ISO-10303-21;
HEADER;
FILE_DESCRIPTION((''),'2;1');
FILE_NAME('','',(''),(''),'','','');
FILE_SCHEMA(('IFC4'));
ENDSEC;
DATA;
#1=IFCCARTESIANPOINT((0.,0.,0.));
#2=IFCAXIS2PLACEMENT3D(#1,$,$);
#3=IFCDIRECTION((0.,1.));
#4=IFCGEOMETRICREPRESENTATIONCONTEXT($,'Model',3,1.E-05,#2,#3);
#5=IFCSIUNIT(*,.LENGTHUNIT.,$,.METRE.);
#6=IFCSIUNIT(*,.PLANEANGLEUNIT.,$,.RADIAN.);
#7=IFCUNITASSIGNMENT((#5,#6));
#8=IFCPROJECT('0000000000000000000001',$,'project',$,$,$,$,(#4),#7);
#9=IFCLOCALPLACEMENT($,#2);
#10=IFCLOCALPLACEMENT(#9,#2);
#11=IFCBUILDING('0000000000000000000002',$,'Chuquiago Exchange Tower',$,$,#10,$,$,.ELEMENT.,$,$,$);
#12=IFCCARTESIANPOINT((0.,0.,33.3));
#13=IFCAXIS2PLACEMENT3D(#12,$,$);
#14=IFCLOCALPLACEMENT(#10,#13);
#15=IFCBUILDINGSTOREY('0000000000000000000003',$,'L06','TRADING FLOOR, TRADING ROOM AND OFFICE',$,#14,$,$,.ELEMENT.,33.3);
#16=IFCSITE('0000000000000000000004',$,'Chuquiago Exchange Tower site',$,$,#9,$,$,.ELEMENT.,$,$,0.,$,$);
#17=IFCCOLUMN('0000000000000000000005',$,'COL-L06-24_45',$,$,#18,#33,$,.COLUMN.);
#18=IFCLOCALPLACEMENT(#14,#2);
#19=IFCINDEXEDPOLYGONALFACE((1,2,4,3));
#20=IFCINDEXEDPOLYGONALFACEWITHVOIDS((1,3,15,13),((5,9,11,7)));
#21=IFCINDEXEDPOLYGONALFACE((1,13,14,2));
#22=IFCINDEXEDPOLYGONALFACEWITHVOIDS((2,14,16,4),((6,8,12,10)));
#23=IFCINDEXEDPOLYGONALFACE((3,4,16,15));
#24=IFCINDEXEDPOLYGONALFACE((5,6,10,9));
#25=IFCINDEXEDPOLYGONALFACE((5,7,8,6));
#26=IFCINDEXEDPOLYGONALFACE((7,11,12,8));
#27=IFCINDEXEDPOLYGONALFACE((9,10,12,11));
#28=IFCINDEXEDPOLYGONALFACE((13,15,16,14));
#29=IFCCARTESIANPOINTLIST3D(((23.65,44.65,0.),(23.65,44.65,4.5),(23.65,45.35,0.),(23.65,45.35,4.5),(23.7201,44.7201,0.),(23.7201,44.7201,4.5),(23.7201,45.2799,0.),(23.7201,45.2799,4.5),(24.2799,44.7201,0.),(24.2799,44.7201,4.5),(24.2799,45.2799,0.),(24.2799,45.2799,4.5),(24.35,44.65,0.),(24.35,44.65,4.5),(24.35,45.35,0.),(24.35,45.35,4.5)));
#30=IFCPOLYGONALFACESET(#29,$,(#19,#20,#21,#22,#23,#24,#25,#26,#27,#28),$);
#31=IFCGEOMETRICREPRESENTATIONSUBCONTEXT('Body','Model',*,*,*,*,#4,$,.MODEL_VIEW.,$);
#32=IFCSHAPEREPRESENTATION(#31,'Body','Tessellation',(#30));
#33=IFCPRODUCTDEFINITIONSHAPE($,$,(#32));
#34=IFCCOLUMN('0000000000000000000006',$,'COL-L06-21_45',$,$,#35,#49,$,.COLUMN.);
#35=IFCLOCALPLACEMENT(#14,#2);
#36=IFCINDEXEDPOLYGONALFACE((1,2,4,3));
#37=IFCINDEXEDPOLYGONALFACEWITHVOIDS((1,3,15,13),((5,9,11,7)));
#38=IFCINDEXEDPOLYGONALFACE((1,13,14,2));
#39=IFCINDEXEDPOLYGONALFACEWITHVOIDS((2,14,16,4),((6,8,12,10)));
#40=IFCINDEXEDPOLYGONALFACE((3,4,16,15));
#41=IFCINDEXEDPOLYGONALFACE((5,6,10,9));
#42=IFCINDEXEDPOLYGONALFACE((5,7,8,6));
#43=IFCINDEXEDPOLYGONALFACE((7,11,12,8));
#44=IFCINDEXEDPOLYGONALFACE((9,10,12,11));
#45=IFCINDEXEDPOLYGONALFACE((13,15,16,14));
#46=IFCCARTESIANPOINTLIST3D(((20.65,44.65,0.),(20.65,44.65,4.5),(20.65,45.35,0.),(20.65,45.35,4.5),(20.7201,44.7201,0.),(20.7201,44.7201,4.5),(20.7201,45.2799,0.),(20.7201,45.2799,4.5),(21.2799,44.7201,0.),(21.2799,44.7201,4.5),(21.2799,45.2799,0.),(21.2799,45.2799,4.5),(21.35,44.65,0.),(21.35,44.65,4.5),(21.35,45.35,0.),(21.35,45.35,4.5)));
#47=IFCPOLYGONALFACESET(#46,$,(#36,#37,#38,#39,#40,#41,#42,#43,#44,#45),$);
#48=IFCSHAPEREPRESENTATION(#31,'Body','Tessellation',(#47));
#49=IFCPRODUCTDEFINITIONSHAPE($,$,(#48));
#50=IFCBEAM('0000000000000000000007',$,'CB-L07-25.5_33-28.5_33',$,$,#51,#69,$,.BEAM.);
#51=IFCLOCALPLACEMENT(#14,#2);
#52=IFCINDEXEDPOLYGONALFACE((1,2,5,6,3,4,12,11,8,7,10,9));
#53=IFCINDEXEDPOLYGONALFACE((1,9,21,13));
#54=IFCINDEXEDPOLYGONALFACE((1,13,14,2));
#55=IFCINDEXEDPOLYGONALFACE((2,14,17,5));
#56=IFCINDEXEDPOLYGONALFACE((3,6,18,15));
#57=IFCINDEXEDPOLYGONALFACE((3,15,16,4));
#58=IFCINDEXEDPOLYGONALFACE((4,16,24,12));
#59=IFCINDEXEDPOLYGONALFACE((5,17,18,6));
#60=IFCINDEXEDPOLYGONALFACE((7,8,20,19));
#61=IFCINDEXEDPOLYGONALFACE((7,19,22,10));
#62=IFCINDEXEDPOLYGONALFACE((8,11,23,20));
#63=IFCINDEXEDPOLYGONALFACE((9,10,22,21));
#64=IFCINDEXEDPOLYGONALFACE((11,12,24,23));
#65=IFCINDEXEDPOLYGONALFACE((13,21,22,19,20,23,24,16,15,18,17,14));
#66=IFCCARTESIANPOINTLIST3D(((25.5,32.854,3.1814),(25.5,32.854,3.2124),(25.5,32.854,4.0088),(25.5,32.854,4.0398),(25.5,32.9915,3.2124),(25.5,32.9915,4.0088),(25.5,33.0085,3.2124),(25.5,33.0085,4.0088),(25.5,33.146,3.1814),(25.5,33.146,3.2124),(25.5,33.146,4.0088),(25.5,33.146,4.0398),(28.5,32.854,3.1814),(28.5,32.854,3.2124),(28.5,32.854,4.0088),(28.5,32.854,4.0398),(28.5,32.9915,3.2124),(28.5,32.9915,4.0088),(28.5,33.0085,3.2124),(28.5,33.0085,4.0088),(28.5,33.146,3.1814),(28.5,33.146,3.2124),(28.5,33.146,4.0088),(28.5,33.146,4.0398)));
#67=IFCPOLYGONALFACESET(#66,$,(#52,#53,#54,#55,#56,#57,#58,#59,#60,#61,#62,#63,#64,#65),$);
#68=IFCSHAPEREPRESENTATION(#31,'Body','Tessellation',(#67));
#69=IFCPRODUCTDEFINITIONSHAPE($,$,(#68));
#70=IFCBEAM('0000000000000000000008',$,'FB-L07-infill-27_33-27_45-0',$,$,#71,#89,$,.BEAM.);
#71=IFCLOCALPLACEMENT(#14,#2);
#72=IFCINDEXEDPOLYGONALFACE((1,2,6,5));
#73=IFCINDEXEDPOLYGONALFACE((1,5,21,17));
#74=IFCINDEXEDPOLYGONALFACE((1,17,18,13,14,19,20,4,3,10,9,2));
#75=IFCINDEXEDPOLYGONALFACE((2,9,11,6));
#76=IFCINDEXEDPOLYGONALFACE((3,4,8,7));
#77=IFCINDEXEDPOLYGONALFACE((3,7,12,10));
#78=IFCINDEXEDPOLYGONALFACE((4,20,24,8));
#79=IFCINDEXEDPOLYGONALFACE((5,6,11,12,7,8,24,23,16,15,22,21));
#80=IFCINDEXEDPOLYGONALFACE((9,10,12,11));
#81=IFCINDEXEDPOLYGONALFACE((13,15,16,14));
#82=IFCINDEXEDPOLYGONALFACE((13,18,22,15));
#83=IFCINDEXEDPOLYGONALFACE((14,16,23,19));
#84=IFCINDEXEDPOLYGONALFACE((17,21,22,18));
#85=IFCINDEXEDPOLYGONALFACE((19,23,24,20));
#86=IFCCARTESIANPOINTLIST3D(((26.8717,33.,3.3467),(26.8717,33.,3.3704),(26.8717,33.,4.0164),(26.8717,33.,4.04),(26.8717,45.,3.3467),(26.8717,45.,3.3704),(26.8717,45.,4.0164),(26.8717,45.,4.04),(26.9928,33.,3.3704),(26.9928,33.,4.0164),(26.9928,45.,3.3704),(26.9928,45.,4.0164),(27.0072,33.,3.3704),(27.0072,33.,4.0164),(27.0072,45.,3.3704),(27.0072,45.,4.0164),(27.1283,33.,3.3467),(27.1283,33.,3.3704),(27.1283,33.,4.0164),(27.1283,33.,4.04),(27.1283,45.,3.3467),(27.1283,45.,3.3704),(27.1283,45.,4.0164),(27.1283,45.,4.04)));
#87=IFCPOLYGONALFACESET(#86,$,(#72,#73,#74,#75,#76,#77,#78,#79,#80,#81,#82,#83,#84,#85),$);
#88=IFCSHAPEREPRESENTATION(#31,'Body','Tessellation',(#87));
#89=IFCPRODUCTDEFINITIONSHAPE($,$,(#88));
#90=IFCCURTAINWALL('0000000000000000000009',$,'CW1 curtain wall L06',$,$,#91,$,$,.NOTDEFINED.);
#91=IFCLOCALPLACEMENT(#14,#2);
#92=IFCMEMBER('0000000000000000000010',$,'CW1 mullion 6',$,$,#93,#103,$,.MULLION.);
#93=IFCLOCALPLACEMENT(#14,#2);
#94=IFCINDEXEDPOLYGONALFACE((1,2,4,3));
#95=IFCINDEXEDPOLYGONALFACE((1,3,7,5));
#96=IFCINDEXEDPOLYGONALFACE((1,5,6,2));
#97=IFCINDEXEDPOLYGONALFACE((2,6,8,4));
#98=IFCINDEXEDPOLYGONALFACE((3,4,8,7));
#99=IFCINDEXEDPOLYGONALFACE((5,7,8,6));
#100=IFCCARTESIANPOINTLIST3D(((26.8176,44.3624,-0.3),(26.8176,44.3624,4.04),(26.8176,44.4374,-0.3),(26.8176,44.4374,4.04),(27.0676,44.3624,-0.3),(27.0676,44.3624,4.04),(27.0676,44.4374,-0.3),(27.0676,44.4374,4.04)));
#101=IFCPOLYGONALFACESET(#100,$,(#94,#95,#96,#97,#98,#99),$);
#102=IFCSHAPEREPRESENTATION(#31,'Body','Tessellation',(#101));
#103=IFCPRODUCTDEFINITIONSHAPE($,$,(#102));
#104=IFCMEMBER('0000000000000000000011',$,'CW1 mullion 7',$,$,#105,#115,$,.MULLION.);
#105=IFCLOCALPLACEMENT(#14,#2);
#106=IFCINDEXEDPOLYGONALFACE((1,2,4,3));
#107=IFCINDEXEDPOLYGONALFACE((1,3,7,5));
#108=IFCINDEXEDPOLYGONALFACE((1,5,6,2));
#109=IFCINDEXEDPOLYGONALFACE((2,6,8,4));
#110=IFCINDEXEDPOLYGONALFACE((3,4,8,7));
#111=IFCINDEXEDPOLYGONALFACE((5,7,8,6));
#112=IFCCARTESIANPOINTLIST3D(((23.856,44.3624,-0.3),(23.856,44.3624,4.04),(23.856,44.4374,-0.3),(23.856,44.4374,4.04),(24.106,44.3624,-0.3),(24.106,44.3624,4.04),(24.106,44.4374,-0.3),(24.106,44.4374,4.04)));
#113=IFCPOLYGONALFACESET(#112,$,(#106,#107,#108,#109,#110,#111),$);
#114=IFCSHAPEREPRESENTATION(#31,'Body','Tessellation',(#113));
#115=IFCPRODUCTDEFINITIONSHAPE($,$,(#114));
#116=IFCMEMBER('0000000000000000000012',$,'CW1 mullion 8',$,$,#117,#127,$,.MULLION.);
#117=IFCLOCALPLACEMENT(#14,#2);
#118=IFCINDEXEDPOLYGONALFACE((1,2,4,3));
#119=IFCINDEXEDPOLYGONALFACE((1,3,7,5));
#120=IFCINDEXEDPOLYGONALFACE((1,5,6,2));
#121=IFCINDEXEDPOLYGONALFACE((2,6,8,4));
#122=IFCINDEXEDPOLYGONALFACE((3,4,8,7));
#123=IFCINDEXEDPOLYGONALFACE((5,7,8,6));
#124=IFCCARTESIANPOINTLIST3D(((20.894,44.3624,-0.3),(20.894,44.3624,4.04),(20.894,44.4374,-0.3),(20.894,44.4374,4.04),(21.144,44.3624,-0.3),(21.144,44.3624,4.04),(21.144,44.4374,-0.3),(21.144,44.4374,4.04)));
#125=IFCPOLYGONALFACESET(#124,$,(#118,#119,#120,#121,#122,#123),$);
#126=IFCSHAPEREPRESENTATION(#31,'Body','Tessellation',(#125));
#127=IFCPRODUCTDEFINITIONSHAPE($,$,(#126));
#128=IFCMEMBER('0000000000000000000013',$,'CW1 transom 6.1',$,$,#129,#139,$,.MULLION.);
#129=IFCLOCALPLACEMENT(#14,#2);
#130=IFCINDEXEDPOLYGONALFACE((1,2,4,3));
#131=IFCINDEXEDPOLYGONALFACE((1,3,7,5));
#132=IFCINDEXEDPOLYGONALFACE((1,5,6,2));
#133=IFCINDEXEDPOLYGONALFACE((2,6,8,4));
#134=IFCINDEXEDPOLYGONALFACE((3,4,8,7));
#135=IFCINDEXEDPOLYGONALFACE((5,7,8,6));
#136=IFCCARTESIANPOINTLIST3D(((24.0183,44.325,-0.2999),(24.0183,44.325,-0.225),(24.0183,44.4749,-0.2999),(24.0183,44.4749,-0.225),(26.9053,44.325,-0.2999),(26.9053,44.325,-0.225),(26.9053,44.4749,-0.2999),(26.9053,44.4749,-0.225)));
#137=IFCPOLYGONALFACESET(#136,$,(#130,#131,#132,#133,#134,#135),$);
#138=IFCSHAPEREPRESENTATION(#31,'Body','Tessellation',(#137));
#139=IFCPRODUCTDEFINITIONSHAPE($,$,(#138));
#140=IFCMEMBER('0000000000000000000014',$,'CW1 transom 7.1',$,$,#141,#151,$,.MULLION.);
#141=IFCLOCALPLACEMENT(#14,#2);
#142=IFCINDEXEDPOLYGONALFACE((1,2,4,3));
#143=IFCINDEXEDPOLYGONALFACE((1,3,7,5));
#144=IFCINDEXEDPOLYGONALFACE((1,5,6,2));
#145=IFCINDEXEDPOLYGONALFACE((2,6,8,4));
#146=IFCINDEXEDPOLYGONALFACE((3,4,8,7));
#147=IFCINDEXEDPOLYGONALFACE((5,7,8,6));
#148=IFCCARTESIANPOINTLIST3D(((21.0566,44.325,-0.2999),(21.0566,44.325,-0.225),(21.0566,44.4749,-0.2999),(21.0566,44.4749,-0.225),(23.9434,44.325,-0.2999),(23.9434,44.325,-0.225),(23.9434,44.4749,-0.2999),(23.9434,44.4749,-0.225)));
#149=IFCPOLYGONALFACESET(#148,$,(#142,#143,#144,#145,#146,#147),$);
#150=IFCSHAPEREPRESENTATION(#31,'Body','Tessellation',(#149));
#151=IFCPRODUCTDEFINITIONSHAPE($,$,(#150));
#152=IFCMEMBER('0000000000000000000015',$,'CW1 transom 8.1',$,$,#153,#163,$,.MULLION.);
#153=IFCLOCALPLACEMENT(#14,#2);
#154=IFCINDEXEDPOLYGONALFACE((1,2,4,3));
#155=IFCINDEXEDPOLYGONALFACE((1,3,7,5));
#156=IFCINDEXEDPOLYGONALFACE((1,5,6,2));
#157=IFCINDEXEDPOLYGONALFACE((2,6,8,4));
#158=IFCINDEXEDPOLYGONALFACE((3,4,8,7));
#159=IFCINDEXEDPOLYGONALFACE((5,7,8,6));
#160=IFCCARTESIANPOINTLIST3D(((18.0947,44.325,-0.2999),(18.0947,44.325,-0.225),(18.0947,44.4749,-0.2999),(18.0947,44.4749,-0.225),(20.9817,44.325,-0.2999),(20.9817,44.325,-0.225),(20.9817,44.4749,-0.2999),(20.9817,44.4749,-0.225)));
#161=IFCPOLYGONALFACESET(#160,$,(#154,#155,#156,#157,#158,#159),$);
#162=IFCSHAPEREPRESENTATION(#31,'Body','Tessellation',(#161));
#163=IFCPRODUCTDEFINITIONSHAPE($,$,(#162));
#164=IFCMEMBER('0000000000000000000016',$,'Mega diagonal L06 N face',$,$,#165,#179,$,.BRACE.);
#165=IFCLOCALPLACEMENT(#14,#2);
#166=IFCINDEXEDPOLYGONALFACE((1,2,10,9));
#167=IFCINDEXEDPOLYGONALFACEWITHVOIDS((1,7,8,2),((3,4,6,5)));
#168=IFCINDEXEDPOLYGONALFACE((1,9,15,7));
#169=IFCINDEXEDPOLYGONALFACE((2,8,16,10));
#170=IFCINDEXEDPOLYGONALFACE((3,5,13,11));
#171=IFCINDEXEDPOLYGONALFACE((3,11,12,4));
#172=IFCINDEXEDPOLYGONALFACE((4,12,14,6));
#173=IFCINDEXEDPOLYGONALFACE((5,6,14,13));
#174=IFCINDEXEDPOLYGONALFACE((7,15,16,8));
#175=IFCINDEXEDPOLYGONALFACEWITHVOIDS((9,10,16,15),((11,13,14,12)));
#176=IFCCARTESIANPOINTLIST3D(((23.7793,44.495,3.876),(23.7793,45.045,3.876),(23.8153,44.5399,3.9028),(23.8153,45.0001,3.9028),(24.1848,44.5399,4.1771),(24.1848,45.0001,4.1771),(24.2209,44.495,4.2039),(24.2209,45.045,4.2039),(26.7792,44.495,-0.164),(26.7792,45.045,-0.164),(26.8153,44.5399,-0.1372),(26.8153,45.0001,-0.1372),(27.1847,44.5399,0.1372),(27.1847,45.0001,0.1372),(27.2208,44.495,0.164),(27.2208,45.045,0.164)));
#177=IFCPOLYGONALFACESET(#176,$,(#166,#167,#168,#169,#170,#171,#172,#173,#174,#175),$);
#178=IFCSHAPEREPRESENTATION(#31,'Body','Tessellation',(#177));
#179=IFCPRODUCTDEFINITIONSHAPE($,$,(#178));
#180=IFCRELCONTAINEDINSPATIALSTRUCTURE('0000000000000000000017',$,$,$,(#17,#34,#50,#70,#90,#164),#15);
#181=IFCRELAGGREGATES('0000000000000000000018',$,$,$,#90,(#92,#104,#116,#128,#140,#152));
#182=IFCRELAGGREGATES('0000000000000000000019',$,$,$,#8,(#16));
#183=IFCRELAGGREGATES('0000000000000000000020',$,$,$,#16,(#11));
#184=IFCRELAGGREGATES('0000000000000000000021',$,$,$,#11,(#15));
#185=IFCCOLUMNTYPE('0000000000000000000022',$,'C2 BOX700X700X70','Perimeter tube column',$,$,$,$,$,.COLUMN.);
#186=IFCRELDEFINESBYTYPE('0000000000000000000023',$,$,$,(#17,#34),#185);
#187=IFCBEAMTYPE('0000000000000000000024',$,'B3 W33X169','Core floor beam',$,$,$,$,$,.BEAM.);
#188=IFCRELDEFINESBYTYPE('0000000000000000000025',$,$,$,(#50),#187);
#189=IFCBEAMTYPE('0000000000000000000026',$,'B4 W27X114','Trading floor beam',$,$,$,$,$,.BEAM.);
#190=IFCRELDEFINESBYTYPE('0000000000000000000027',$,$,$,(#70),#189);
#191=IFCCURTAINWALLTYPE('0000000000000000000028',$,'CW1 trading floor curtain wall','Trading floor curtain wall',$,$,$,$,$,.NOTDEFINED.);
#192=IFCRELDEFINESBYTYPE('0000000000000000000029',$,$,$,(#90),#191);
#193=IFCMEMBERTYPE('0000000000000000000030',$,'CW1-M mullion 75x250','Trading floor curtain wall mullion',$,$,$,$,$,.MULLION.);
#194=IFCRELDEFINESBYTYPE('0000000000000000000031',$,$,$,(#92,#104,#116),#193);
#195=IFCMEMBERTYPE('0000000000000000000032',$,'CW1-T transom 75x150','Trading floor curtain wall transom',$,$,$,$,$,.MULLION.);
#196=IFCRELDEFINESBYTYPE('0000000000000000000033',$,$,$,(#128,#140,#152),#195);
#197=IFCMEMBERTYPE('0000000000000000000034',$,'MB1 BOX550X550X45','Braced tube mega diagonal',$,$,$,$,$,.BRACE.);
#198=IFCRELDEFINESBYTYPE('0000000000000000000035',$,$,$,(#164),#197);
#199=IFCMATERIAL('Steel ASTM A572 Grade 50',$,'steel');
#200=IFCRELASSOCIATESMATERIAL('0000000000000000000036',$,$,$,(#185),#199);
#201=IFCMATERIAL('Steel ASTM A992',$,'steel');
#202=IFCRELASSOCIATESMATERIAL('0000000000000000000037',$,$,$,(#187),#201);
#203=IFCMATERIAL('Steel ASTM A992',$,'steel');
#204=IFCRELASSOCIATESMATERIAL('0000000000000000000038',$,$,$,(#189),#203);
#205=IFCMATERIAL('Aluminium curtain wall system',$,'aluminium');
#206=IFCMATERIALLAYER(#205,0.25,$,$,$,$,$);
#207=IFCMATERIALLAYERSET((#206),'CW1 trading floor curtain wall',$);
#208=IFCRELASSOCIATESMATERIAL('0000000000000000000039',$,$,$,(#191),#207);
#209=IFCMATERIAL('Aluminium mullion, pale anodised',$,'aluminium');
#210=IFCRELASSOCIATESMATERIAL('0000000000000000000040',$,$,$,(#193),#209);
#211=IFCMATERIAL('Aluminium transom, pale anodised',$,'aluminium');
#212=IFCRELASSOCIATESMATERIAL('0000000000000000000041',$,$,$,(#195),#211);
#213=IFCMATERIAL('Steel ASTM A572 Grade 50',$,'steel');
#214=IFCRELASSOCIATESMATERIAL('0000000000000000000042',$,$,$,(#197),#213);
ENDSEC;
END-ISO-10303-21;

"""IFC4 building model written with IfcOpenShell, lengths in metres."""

from ifc_helpers import new_model, si_unit, direction, frame, origin, origin_2d, place, context, subcontext, project, spatial, rectangle, hollow_rectangle, i_section, extrude, material, layer, layer_set, material_profile, profile_set, type_object, element, aggregate, save


model = new_model("IFC4")

# Units and contexts
model_context = context("Model", 3, precision=1e-05, world=origin(), true_north=direction((0.0, 1.0)))
body_context = subcontext(model_context, "Body", "Model", "MODEL_VIEW")
ifc_project = project(units=[si_unit("LENGTHUNIT", "METRE"), si_unit("PLANEANGLEUNIT", "RADIAN")], contexts=[model_context])

# Site, building, storey
site_placement = place(None, origin())
site = spatial("IfcSite", under=ifc_project, at=site_placement, Name="Chuquiago Exchange Tower site", CompositionType="ELEMENT", RefElevation=0.0)
building_placement = place(site_placement, origin())
building = spatial("IfcBuilding", under=site, at=building_placement, Name="Chuquiago Exchange Tower", CompositionType="ELEMENT")
storey_placement = place(building_placement, frame((0.0, 0.0, 33.3)))
storey = spatial("IfcBuildingStorey", under=building, at=storey_placement, Name="L06", Description="TRADING FLOOR, TRADING ROOM AND OFFICE", CompositionType="ELEMENT", Elevation=33.3)

# Columns
ifc_material_1 = material(Name="Steel ASTM A572 Grade 50", Category="steel")
ifc_material_profile_1 = material_profile(ifc_material_1, hollow_rectangle(XDim=0.7, YDim=0.7, WallThickness=0.0701, at=origin_2d()), Name="BOX700X700X70")
ifc_profile_set_1 = profile_set([ifc_material_profile_1], Name="Steel ASTM A572 Grade 50")
column_type = type_object("IfcColumnType", Name="C2 BOX700X700X70", Description="Perimeter tube column", PredefinedType="COLUMN", material=ifc_profile_set_1)
for number, where, z_axis, x_axis, name in (
    (1, (24.0, 45.0, 0.0), (0.0, 0.0, 1.0), (0.0, 1.0, 0.0), "COL-L06-24_45"),
    (2, (21.0, 45.0, 0.0), (0.0, 0.0, 1.0), (0.0, 1.0, 0.0), "COL-L06-21_45"),
):
    element("IfcColumn", number, at=place(storey_placement, frame(where, z_axis=z_axis, x_axis=x_axis)), inside=storey, type_object=column_type, Name=name, PredefinedType="COLUMN", context=body_context, shape_type="SweptSolid", body=[
        extrude(hollow_rectangle(XDim=0.7, YDim=0.7, WallThickness=0.0701, at=origin_2d()), origin(), (0.0, 0.0, 1.0), 4.5),
    ])

# Beams
ifc_material_2 = material(Name="Steel ASTM A992", Category="steel")
ifc_material_profile_2 = material_profile(ifc_material_2, i_section(OverallWidth=0.292, OverallDepth=0.8584, WebThickness=0.0171, FlangeThickness=0.031, at=origin_2d()), Name="W33X169")
ifc_profile_set_2 = profile_set([ifc_material_profile_2], Name="Steel ASTM A992")
beam_type_1 = type_object("IfcBeamType", Name="B3 W33X169", Description="Core floor beam", PredefinedType="BEAM", material=ifc_profile_set_2)
beam_1_placement = place(storey_placement, frame((25.5, 33.0, 3.6106), z_axis=(1.0, 0.0, 0.0), x_axis=(0.0, 1.0, 0.0)))
element("IfcBeam", 3, at=beam_1_placement, inside=storey, type_object=beam_type_1, Name="CB-L07-25.5_33-28.5_33", PredefinedType="BEAM", context=body_context, shape_type="SweptSolid", body=[
    extrude(i_section(OverallWidth=0.292, OverallDepth=0.8584, WebThickness=0.0171, FlangeThickness=0.031, at=origin_2d()), origin(), (0.0, 0.0, 1.0), 3.0),
])
ifc_material_3 = material(Name="Steel ASTM A992", Category="steel")
ifc_material_profile_3 = material_profile(ifc_material_3, i_section(OverallWidth=0.2566, OverallDepth=0.6934, WebThickness=0.0144, FlangeThickness=0.0237, at=origin_2d()), Name="W27X114")
ifc_profile_set_3 = profile_set([ifc_material_profile_3], Name="Steel ASTM A992")
beam_type_2 = type_object("IfcBeamType", Name="B4 W27X114", Description="Trading floor beam", PredefinedType="BEAM", material=ifc_profile_set_3)
beam_2_placement = place(storey_placement, frame((27.0, 33.0, 3.6934), z_axis=(0.0, 1.0, 0.0), x_axis=(-1.0, 0.0, 0.0)))
element("IfcBeam", 4, at=beam_2_placement, inside=storey, type_object=beam_type_2, Name="FB-L07-infill-27_33-27_45-0", PredefinedType="BEAM", context=body_context, shape_type="SweptSolid", body=[
    extrude(i_section(OverallWidth=0.2566, OverallDepth=0.6934, WebThickness=0.0144, FlangeThickness=0.0237, at=origin_2d()), origin(), (0.0, 0.0, 1.0), 12.0),
])

# Curtain wall, members
ifc_material_4 = material(Name="Aluminium curtain wall system", Category="aluminium")
ifc_layer_1 = layer(ifc_material_4, 0.25)
ifc_layer_set_1 = layer_set([ifc_layer_1], Name="CW1 trading floor curtain wall")
curtain_wall_type = type_object("IfcCurtainWallType", Name="CW1 trading floor curtain wall", Description="Trading floor curtain wall", PredefinedType="NOTDEFINED", material=ifc_layer_set_1)
curtain_wall_placement = place(storey_placement, origin())
curtain_wall = element("IfcCurtainWall", 5, at=curtain_wall_placement, inside=storey, type_object=curtain_wall_type, Name="CW1 curtain wall L06", PredefinedType="NOTDEFINED")
ifc_material_5 = material(Name="Aluminium mullion, pale anodised", Category="aluminium")
ifc_material_profile_4 = material_profile(ifc_material_5, rectangle(XDim=0.075, YDim=0.25, at=origin_2d()), Name="AL 75x250")
ifc_profile_set_4 = profile_set([ifc_material_profile_4], Name="Aluminium mullion, pale anodised")
member_type_1 = type_object("IfcMemberType", Name="CW1-M mullion 75x250", Description="Trading floor curtain wall mullion", PredefinedType="MULLION", material=ifc_profile_set_4)
member_1_placement = place(storey_placement, frame((26.9426, 44.3999, -0.3), z_axis=(0.0, 0.0, 1.0), x_axis=(0.0, -1.0, 0.0)))
member_1 = element("IfcMember", 6, at=member_1_placement, type_object=member_type_1, Name="CW1 mullion 6", PredefinedType="MULLION", context=body_context, shape_type="SweptSolid", body=[
    extrude(rectangle(XDim=0.075, YDim=0.25, at=origin_2d()), origin(), (0.0, 0.0, 1.0), 4.3401),
])
member_2_placement = place(storey_placement, frame((23.981, 44.3999, -0.3), z_axis=(0.0, 0.0, 1.0), x_axis=(0.0, -1.0, 0.0)))
member_2 = element("IfcMember", 7, at=member_2_placement, type_object=member_type_1, Name="CW1 mullion 7", PredefinedType="MULLION", context=body_context, shape_type="SweptSolid", body=[
    extrude(rectangle(XDim=0.075, YDim=0.25, at=origin_2d()), origin(), (0.0, 0.0, 1.0), 4.3401),
])
member_3_placement = place(storey_placement, frame((21.019, 44.3999, -0.3), z_axis=(0.0, 0.0, 1.0), x_axis=(0.0, -1.0, 0.0)))
member_3 = element("IfcMember", 8, at=member_3_placement, type_object=member_type_1, Name="CW1 mullion 8", PredefinedType="MULLION", context=body_context, shape_type="SweptSolid", body=[
    extrude(rectangle(XDim=0.075, YDim=0.25, at=origin_2d()), origin(), (0.0, 0.0, 1.0), 4.3401),
])
ifc_material_6 = material(Name="Aluminium transom, pale anodised", Category="aluminium")
ifc_material_profile_5 = material_profile(ifc_material_6, rectangle(XDim=0.1499, YDim=0.075, at=origin_2d()), Name="AL 150x75")
ifc_profile_set_5 = profile_set([ifc_material_profile_5], Name="Aluminium transom, pale anodised")
member_type_2 = type_object("IfcMemberType", Name="CW1-T transom 75x150", Description="Trading floor curtain wall transom", PredefinedType="MULLION", material=ifc_profile_set_5)
member_4_placement = place(storey_placement, frame((26.9053, 44.3999, -0.2625), z_axis=(-1.0, 0.0, 0.0), x_axis=(0.0, -1.0, 0.0)))
member_4 = element("IfcMember", 9, at=member_4_placement, type_object=member_type_2, Name="CW1 transom 6.1", PredefinedType="MULLION", context=body_context, shape_type="SweptSolid", body=[
    extrude(rectangle(XDim=0.1499, YDim=0.075, at=origin_2d()), origin(), (0.0, 0.0, 1.0), 2.887),
])
member_5_placement = place(storey_placement, frame((23.9434, 44.3999, -0.2625), z_axis=(-1.0, 0.0, 0.0), x_axis=(0.0, -1.0, 0.0)))
member_5 = element("IfcMember", 10, at=member_5_placement, type_object=member_type_2, Name="CW1 transom 7.1", PredefinedType="MULLION", context=body_context, shape_type="SweptSolid", body=[
    extrude(rectangle(XDim=0.1499, YDim=0.075, at=origin_2d()), origin(), (0.0, 0.0, 1.0), 2.8867),
])
member_6_placement = place(storey_placement, frame((20.9817, 44.3999, -0.2625), z_axis=(-1.0, 0.0, 0.0), x_axis=(0.0, -1.0, 0.0)))
member_6 = element("IfcMember", 11, at=member_6_placement, type_object=member_type_2, Name="CW1 transom 8.1", PredefinedType="MULLION", context=body_context, shape_type="SweptSolid", body=[
    extrude(rectangle(XDim=0.1499, YDim=0.075, at=origin_2d()), origin(), (0.0, 0.0, 1.0), 2.887),
])

# Member
ifc_material_7 = material(Name="Steel ASTM A572 Grade 50", Category="steel")
ifc_material_profile_6 = material_profile(ifc_material_7, hollow_rectangle(XDim=0.55, YDim=0.55, WallThickness=0.0449, at=origin_2d()), Name="BOX550X550X45")
ifc_profile_set_6 = profile_set([ifc_material_profile_6], Name="Steel ASTM A572 Grade 50")
member_type_3 = type_object("IfcMemberType", Name="MB1 BOX550X550X45", Description="Braced tube mega diagonal", PredefinedType="BRACE", material=ifc_profile_set_6)
for number, where, z_axis, x_axis, name in (
    (12, (27.0, 44.77, 0.0), (-0.596174, 0.0, 0.802855), (0.0, -1.0, 0.0), "Mega diagonal L06 N face"),
):
    element("IfcMember", number, at=place(storey_placement, frame(where, z_axis=z_axis, x_axis=x_axis)), inside=storey, type_object=member_type_3, Name=name, PredefinedType="BRACE", context=body_context, shape_type="SweptSolid", body=[
        extrude(hollow_rectangle(XDim=0.55, YDim=0.55, WallThickness=0.0449, at=origin_2d()), origin(), (0.0, 0.0, 1.0), 5.032),
    ])

aggregate(curtain_wall, [member_1, member_2, member_3, member_4, member_5, member_6])

save(model, "model.ifc")
